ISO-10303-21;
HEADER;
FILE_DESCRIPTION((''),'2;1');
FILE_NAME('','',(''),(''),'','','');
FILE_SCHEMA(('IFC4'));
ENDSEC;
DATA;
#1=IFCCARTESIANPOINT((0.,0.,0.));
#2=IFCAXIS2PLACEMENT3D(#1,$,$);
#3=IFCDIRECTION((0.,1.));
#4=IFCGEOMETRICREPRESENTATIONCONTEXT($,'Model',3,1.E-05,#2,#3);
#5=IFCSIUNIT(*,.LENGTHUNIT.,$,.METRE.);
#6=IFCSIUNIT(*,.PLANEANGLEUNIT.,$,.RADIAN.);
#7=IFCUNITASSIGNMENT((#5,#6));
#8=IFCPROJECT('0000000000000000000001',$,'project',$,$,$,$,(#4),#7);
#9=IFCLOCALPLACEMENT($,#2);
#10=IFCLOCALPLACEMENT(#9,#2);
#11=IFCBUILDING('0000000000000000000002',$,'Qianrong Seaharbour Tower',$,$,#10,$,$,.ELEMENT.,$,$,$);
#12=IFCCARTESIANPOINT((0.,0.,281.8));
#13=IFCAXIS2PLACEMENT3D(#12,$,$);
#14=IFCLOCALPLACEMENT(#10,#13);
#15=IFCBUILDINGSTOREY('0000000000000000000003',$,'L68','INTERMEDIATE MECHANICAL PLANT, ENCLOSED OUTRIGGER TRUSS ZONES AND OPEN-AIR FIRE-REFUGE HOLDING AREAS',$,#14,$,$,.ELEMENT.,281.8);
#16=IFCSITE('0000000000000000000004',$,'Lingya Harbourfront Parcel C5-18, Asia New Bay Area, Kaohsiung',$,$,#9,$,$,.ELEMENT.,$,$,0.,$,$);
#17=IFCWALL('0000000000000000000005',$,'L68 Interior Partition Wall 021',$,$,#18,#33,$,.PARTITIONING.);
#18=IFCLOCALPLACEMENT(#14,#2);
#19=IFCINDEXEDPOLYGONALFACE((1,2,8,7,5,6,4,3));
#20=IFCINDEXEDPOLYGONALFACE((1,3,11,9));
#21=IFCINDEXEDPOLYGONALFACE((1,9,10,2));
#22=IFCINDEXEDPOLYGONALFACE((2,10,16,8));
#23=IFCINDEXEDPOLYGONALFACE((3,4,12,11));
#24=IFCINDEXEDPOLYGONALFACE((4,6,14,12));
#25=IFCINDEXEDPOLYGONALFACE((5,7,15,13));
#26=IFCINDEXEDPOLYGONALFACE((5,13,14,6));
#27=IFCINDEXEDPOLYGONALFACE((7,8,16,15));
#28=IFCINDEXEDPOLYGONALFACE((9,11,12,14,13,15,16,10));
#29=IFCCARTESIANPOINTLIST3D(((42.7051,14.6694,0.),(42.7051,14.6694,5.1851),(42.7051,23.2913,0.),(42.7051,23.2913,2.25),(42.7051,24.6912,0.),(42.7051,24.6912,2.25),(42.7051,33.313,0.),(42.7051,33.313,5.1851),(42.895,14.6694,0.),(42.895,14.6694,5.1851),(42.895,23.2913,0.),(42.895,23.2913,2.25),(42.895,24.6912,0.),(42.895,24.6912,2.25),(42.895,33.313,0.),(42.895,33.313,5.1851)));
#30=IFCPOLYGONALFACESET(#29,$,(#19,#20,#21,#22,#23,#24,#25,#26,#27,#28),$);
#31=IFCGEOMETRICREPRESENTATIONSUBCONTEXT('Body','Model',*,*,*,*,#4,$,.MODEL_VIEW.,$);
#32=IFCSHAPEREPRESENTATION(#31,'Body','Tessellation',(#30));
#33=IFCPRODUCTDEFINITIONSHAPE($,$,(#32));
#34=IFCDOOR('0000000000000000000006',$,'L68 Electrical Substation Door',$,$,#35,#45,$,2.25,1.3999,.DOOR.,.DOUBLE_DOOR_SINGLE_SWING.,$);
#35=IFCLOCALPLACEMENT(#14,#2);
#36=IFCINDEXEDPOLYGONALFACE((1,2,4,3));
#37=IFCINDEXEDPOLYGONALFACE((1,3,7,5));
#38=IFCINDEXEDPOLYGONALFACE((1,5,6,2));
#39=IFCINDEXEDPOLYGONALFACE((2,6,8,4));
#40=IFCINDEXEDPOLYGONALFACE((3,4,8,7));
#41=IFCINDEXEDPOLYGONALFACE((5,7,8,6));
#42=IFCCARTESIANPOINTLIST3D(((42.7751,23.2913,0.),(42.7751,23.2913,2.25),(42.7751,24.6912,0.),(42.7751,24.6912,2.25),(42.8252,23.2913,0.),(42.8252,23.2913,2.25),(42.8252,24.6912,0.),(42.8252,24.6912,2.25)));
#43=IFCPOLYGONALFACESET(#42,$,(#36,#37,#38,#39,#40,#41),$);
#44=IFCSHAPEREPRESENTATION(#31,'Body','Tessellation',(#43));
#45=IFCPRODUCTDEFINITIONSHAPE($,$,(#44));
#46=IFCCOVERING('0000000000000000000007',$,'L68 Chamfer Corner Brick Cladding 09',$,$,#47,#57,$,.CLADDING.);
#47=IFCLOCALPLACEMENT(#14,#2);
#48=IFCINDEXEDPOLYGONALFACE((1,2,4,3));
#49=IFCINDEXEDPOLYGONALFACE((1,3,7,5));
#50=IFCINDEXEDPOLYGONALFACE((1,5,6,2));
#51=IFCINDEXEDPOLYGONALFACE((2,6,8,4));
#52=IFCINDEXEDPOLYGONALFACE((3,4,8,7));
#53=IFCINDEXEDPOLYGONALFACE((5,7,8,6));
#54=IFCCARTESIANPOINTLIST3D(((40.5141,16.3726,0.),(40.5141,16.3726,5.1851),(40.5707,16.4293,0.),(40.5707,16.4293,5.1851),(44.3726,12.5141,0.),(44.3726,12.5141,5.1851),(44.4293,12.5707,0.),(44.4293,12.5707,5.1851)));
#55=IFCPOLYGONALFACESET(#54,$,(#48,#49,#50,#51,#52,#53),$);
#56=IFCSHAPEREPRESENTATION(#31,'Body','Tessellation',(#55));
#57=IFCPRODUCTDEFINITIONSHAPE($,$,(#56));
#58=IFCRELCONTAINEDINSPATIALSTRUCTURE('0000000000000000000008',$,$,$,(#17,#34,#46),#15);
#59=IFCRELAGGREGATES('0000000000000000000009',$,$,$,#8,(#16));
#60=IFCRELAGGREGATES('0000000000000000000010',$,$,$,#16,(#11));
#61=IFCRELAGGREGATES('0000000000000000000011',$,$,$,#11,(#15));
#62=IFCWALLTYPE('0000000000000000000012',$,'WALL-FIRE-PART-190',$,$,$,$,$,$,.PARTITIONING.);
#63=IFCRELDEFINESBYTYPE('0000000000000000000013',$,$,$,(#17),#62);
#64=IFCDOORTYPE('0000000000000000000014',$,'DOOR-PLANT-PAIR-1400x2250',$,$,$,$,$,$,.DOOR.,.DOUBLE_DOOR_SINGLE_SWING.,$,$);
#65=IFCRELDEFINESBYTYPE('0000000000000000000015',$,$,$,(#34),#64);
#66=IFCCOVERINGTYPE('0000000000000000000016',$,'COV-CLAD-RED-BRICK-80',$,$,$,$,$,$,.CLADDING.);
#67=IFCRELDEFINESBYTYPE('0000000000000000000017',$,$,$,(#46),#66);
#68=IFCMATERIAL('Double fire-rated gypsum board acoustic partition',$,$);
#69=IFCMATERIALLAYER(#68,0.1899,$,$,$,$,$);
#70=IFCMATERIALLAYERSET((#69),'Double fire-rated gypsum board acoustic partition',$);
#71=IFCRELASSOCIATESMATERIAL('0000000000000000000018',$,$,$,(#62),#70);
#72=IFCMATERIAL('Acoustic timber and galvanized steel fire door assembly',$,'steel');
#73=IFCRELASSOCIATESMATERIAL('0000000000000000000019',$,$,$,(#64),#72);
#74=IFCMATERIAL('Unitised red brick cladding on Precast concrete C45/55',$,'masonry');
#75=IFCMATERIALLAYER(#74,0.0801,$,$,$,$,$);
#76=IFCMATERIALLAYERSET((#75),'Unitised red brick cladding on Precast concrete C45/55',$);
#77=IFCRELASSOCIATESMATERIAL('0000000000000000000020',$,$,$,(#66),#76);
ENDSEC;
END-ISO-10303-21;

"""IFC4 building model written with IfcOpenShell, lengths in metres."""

from ifc_helpers import new_model, si_unit, direction, frame, frame_2d, origin, origin_2d, place, context, subcontext, project, spatial, rectangle, extrude, material, layer, layer_set, type_object, element, fill, save


model = new_model("IFC4")

# Units and contexts
model_context = context("Model", 3, precision=1e-05, world=origin(), true_north=direction((0.0, 1.0)))
body_context = subcontext(model_context, "Body", "Model", "MODEL_VIEW")
ifc_project = project(units=[si_unit("LENGTHUNIT", "METRE"), si_unit("PLANEANGLEUNIT", "RADIAN")], contexts=[model_context])

# Site, building, storey
site_placement = place(None, origin())
site = spatial("IfcSite", under=ifc_project, at=site_placement, Name="Lingya Harbourfront Parcel C5-18, Asia New Bay Area, Kaohsiung", CompositionType="ELEMENT", RefElevation=0.0)
building_placement = place(site_placement, origin())
building = spatial("IfcBuilding", under=site, at=building_placement, Name="Qianrong Seaharbour Tower", CompositionType="ELEMENT")
storey_placement = place(building_placement, frame((0.0, 0.0, 281.8)))
storey = spatial("IfcBuildingStorey", under=building, at=storey_placement, Name="L68", Description="INTERMEDIATE MECHANICAL PLANT, ENCLOSED OUTRIGGER TRUSS ZONES AND OPEN-AIR FIRE-REFUGE HOLDING AREAS", CompositionType="ELEMENT", Elevation=281.8)

# Shared definitions
ifc_material_1 = material(Name="Double fire-rated gypsum board acoustic partition")
ifc_layer_1 = layer(ifc_material_1, 0.1899)
ifc_layer_set_1 = layer_set([ifc_layer_1], Name="Double fire-rated gypsum board acoustic partition")
wall_type_1 = type_object("IfcWallType", Name="WALL-FIRE-PART-190", PredefinedType="PARTITIONING", material=ifc_layer_set_1)

# Wall, opening, door
ifc_material_2 = material(Name="Acoustic timber and galvanized steel fire door assembly", Category="steel")
door_type = type_object("IfcDoorType", Name="DOOR-PLANT-PAIR-1400x2250", OperationType="DOUBLE_DOOR_SINGLE_SWING", PredefinedType="DOOR", material=ifc_material_2)
wall_1_placement = place(storey_placement, frame((42.8, 14.6694, 0.0), z_axis=(0.0, 0.0, 1.0), x_axis=(0.0, 1.0, 0.0)))
wall_1 = element("IfcWall", 1, at=wall_1_placement, inside=storey, type_object=wall_type_1, Name="L68 Interior Partition Wall 021", PredefinedType="PARTITIONING", context=body_context, shape_type="SweptSolid", body=[
    extrude(rectangle(XDim=18.6436, YDim=0.1899, at=frame_2d((9.3218, 0.0))), origin(), (0.0, 0.0, 1.0), 5.1851),
])
opening_1_placement = place(wall_1_placement, frame((8.6218, 0.0, 0.0)))
opening_1 = element("IfcOpeningElement", 2, at=opening_1_placement, cuts=wall_1, PredefinedType="OPENING", context=body_context, shape_type="SweptSolid", body=[
    extrude(rectangle(XDim=1.3999, YDim=2.25, at=frame_2d((0.7, 1.125))), frame((0.0, 0.105, 0.0), z_axis=(0.0, -1.0, 0.0), x_axis=(1.0, 0.0, 0.0)), (0.0, 0.0, 1.0), 0.21),
])
door_1_placement = place(opening_1_placement, origin())
door_1 = element("IfcDoor", 3, at=door_1_placement, inside=storey, type_object=door_type, Name="L68 Electrical Substation Door", OperationType="DOUBLE_DOOR_SINGLE_SWING", OverallHeight=2.25, OverallWidth=1.3999, PredefinedType="DOOR", context=body_context, shape_type="SweptSolid", body=[
    extrude(rectangle(XDim=1.3999, YDim=2.25, at=frame_2d((0.7, 1.125))), frame((0.0, 0.0249, 0.0), z_axis=(0.0, -1.0, 0.0), x_axis=(1.0, 0.0, 0.0)), (0.0, 0.0, 1.0), 0.05),
])
fill(opening_1, door_1)

# Covering
ifc_material_3 = material(Name="Unitised red brick cladding on Precast concrete C45/55", Category="masonry")
ifc_layer_2 = layer(ifc_material_3, 0.0801)
ifc_layer_set_2 = layer_set([ifc_layer_2], Name="Unitised red brick cladding on Precast concrete C45/55")
covering_type = type_object("IfcCoveringType", Name="COV-CLAD-RED-BRICK-80", PredefinedType="CLADDING", material=ifc_layer_set_2)
covering_placement = place(storey_placement, frame((42.4717, 14.4717, 0.0), z_axis=(0.0, 0.0, 1.0), x_axis=(-0.707107, 0.707107, 0.0)))
element("IfcCovering", 4, at=covering_placement, inside=storey, type_object=covering_type, Name="L68 Chamfer Corner Brick Cladding 09", PredefinedType="CLADDING", context=body_context, shape_type="SweptSolid", body=[
    extrude(rectangle(XDim=5.4568, YDim=0.0801, at=origin_2d()), origin(), (0.0, 0.0, 1.0), 5.1851),
])

save(model, "model.ifc")
